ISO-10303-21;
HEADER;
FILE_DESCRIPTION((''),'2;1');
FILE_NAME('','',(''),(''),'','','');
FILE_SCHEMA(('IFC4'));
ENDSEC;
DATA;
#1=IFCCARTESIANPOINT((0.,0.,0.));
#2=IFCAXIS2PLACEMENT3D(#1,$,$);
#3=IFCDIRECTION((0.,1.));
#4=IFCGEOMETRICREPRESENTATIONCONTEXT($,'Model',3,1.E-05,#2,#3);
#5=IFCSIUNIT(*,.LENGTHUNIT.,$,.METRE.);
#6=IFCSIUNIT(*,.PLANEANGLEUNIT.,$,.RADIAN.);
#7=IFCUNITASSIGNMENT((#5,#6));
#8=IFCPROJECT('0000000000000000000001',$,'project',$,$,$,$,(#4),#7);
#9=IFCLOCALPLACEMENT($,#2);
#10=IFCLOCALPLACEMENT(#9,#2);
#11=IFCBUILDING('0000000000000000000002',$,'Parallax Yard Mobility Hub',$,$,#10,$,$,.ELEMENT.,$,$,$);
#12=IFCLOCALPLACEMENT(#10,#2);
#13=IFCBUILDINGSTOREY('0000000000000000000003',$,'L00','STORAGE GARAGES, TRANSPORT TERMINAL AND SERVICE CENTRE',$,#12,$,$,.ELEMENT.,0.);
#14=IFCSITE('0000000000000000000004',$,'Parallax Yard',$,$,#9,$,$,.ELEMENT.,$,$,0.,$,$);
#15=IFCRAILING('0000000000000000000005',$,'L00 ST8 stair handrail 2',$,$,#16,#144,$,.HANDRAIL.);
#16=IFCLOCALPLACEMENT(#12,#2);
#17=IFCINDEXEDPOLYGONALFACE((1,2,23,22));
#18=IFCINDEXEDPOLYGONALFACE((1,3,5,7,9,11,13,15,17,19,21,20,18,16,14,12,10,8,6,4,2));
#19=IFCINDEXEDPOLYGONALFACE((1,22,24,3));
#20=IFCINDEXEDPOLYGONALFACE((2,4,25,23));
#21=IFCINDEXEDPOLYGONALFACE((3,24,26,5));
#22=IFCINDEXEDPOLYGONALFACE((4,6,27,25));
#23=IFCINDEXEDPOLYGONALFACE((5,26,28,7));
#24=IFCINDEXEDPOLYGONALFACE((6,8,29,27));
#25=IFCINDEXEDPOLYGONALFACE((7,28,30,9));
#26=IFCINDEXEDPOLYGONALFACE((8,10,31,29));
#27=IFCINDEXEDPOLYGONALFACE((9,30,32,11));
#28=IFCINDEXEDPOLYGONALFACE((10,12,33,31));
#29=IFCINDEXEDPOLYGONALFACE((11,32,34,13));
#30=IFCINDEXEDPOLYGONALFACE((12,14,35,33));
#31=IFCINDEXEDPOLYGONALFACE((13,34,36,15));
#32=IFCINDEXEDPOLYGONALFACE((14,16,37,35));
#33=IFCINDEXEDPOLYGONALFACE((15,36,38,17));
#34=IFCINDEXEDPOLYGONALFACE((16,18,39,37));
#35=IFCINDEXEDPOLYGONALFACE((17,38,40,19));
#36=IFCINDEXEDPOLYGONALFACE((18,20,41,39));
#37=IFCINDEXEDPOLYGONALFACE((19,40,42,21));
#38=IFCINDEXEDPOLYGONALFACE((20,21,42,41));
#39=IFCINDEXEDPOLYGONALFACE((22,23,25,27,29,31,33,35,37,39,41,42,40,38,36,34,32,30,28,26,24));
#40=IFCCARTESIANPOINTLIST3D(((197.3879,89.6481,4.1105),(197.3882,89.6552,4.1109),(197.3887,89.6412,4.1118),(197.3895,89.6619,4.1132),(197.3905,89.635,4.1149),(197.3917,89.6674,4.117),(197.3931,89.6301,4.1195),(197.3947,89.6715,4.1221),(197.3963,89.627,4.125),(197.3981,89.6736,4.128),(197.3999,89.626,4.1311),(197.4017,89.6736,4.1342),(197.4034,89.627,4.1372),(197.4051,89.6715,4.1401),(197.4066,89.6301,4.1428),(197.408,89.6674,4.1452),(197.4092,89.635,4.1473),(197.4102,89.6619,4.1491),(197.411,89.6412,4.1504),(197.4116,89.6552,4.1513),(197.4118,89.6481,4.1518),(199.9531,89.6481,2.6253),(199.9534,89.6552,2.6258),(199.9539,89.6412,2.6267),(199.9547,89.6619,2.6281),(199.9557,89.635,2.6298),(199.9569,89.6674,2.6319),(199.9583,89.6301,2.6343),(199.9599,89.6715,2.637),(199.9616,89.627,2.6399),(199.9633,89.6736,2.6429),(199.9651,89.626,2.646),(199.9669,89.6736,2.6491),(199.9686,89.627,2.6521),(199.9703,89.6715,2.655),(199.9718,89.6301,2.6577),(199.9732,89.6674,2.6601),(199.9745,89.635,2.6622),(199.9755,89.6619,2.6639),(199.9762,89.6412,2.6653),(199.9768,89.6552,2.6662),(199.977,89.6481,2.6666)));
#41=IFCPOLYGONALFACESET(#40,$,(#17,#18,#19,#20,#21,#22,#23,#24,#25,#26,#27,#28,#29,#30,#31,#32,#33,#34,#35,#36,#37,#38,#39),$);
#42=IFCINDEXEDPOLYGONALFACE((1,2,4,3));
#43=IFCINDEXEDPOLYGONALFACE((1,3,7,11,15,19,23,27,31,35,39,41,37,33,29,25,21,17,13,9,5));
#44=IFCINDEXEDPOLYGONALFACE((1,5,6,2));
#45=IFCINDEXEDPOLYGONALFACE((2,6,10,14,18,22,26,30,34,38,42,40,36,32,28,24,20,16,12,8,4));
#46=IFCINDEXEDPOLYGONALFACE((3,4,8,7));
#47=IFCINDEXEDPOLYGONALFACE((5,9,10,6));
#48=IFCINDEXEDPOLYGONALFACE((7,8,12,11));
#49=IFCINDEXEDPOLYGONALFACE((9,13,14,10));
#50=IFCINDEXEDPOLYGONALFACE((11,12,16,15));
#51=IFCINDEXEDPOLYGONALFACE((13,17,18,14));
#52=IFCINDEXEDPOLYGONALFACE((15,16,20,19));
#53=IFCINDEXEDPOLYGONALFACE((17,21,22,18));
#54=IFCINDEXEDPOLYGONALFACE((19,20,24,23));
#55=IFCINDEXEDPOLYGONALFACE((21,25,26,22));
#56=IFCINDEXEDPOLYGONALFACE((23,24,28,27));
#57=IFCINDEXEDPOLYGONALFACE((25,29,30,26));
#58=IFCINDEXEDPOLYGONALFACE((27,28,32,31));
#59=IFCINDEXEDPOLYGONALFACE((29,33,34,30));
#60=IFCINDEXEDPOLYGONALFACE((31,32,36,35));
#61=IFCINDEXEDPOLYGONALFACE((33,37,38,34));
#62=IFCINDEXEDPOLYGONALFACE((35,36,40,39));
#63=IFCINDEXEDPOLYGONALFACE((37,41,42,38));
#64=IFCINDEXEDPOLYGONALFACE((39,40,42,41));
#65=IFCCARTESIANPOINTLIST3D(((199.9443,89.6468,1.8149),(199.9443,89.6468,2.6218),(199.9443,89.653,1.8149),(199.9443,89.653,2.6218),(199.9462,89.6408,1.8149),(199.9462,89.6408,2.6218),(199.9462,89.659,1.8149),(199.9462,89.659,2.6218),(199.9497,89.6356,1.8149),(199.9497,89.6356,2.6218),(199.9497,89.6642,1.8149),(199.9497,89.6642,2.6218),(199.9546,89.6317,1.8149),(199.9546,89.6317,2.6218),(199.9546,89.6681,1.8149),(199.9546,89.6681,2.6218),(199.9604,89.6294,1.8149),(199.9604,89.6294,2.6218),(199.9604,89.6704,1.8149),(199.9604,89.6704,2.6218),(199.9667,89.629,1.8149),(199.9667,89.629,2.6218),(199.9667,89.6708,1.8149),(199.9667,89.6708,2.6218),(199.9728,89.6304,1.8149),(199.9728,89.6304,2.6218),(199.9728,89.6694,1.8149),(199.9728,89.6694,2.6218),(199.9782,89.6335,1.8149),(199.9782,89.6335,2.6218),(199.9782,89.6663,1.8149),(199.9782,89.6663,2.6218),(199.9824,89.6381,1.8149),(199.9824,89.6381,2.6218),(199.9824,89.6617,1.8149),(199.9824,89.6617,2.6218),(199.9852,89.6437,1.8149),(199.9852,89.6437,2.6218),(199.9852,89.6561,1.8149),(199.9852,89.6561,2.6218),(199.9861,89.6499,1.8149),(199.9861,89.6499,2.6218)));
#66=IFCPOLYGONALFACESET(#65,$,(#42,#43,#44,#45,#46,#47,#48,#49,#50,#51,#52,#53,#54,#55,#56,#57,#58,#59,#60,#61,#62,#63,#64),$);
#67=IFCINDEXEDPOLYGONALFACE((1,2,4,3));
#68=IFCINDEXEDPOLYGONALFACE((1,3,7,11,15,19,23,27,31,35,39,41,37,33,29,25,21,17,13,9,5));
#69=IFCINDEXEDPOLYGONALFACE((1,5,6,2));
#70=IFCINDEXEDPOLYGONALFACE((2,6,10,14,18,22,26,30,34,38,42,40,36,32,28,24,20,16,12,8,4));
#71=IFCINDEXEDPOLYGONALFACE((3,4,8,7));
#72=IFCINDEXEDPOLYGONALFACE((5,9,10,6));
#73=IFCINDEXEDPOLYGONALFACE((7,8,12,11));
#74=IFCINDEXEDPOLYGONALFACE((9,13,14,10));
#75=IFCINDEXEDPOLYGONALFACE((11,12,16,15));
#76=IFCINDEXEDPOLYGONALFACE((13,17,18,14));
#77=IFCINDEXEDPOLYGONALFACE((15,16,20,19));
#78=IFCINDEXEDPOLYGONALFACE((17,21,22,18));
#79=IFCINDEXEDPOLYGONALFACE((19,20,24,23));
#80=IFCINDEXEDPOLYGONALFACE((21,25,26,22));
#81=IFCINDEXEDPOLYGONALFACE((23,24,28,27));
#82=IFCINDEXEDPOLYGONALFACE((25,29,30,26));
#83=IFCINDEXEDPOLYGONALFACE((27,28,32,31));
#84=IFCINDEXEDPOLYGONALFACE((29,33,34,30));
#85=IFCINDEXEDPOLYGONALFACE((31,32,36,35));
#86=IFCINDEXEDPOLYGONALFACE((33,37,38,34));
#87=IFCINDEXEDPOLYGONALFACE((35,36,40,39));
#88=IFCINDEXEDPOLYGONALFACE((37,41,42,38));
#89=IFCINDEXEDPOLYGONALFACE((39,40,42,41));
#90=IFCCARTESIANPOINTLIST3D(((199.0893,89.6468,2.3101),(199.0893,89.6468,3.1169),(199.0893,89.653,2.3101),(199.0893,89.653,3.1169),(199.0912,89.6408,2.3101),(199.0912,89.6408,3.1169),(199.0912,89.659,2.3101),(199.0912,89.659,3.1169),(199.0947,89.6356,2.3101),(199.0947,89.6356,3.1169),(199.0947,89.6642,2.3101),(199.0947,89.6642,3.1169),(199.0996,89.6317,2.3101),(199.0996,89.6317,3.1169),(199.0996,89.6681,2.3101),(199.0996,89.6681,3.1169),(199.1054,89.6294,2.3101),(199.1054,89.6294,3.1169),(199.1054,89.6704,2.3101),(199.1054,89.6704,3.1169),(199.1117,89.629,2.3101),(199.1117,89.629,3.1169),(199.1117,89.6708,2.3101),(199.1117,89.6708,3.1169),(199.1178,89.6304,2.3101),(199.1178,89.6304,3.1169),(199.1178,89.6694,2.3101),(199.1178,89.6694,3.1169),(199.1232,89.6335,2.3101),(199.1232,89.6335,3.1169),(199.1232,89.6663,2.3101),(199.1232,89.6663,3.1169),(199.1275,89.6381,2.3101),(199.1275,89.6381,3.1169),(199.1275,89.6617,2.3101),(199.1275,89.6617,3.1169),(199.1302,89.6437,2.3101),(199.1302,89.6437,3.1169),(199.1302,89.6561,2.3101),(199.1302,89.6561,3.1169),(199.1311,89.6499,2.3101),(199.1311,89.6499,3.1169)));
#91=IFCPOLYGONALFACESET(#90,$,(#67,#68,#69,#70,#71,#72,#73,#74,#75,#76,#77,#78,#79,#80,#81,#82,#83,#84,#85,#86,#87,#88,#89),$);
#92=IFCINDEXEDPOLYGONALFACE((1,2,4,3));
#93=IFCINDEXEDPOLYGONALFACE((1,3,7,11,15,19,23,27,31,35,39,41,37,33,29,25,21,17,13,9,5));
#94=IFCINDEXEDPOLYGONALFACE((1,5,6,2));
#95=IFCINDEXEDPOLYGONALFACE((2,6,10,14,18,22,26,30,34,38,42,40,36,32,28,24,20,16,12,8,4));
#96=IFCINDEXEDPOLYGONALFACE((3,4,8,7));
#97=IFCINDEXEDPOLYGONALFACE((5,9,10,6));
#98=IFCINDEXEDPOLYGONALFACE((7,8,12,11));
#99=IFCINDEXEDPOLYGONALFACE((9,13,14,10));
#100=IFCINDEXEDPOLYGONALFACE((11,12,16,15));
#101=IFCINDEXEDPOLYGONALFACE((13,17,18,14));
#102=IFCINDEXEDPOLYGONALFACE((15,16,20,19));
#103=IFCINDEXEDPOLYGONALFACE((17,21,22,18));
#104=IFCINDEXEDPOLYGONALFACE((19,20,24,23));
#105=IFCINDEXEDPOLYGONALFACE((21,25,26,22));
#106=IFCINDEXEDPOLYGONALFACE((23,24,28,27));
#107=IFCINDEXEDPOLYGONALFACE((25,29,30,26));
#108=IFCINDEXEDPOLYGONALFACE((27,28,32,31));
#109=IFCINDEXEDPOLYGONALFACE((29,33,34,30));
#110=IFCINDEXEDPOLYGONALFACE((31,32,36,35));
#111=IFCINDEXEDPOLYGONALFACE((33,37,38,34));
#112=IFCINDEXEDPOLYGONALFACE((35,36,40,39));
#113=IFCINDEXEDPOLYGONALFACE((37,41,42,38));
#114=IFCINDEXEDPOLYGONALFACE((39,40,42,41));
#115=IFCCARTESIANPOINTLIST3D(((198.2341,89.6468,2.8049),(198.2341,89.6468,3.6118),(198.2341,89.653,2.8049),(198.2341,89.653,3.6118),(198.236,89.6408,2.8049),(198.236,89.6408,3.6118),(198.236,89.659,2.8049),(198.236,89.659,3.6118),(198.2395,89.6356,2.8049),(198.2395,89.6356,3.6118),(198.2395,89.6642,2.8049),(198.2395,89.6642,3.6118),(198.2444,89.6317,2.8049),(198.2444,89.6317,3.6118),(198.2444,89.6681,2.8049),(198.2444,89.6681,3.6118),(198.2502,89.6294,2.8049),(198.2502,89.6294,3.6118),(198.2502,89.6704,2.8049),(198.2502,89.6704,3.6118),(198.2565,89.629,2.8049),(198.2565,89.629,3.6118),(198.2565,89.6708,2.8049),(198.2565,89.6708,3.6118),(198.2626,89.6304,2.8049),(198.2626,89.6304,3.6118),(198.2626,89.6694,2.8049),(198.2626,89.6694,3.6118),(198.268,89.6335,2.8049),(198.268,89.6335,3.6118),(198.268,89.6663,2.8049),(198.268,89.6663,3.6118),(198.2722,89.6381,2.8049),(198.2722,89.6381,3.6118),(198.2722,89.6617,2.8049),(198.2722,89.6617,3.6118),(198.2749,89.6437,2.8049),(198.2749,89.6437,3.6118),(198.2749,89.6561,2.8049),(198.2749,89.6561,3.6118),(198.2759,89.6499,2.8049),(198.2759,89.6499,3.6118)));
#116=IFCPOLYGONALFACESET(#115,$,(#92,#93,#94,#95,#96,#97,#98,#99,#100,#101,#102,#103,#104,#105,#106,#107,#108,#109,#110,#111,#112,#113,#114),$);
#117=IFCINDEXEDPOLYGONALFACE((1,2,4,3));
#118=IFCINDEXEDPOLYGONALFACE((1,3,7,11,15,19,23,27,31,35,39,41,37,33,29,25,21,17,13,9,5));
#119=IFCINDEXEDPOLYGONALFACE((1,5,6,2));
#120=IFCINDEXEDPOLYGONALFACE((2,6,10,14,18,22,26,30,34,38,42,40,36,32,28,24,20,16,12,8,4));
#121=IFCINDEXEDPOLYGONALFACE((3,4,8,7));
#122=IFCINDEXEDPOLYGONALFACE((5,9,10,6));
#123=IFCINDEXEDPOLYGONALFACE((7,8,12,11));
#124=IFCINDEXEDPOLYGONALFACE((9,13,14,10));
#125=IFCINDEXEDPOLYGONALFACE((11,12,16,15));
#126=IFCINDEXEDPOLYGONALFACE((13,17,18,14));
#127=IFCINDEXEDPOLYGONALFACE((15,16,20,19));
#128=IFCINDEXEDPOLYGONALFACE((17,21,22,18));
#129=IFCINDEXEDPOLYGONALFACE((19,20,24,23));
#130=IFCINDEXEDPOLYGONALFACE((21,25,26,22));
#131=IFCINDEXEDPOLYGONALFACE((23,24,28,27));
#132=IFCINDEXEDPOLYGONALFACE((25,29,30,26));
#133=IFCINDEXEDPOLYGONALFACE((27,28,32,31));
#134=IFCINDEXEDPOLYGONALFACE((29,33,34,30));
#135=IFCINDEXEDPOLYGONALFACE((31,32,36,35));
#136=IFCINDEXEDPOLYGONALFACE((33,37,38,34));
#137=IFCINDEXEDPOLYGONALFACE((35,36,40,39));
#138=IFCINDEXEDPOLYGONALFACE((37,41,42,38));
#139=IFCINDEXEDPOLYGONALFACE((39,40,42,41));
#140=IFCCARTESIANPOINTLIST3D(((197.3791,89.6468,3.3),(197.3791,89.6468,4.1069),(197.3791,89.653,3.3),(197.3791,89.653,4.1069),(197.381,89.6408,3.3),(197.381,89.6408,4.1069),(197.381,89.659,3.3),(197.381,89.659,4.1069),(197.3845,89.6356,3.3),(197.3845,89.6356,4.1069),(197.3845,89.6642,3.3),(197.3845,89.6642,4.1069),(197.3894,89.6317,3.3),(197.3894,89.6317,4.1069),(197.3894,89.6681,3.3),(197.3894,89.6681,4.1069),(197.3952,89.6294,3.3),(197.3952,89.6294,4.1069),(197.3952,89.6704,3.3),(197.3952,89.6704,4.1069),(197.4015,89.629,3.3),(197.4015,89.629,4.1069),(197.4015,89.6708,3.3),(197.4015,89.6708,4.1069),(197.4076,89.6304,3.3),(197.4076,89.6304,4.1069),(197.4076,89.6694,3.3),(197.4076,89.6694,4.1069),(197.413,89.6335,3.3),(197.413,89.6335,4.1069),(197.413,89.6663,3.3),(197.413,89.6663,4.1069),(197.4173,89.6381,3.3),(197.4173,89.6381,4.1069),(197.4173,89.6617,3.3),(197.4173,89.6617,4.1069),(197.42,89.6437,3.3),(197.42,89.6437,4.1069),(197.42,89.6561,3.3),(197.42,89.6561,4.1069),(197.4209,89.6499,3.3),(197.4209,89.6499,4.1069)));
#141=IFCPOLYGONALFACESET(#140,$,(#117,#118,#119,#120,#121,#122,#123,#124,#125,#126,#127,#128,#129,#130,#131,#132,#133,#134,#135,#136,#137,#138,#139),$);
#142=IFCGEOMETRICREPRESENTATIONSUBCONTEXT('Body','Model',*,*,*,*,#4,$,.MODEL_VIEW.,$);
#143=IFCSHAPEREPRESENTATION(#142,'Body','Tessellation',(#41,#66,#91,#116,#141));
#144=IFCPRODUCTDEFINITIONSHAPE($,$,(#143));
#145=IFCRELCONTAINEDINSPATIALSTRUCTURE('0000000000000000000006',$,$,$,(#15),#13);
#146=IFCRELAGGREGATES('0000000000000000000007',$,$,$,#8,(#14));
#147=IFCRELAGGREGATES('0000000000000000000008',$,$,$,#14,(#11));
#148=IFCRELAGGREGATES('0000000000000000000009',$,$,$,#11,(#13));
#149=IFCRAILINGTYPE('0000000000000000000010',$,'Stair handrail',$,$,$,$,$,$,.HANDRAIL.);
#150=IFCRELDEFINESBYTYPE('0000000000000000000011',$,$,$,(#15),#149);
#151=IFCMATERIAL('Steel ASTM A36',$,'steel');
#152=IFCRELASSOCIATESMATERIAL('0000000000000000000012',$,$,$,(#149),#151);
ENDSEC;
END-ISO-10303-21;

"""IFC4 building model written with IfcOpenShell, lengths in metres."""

from ifc_helpers import new_model, si_unit, direction, frame, origin, origin_2d, place, context, subcontext, project, spatial, circle, extrude, material, type_object, element, save


model = new_model("IFC4")

# Units and contexts
model_context = context("Model", 3, precision=1e-05, world=origin(), true_north=direction((0.0, 1.0)))
body_context = subcontext(model_context, "Body", "Model", "MODEL_VIEW")
ifc_project = project(units=[si_unit("LENGTHUNIT", "METRE"), si_unit("PLANEANGLEUNIT", "RADIAN")], contexts=[model_context])

# Site, building, storey
site_placement = place(None, origin())
site = spatial("IfcSite", under=ifc_project, at=site_placement, Name="Parallax Yard", CompositionType="ELEMENT", RefElevation=0.0)
building_placement = place(site_placement, origin())
building = spatial("IfcBuilding", under=site, at=building_placement, Name="Parallax Yard Mobility Hub", CompositionType="ELEMENT")
storey_placement = place(building_placement, origin())
storey = spatial("IfcBuildingStorey", under=building, at=storey_placement, Name="L00", Description="STORAGE GARAGES, TRANSPORT TERMINAL AND SERVICE CENTRE", CompositionType="ELEMENT", Elevation=0.0)

# Railing
ifc_material_1 = material(Name="Steel ASTM A36", Category="steel")
railing_type_1 = type_object("IfcRailingType", Name="Stair handrail", PredefinedType="HANDRAIL", material=ifc_material_1)
for number, where, name in (
    (1, (199.9651, 89.6499, 1.8149), "L00 ST8 stair handrail 2"),
):
    element("IfcRailing", number, at=place(storey_placement, frame(where)), inside=storey, type_object=railing_type_1, Name=name, PredefinedType="HANDRAIL", context=body_context, shape_type="SweptSolid", body=[
        extrude(circle(Radius=0.0239, at=origin_2d()), frame((0.0, 0.0, 0.8311), z_axis=(-0.865426, 0.0, 0.501036), x_axis=(0.0, -1.0, 0.0)), (0.0, 0.0, 1.0), 2.9641),
        extrude(circle(Radius=0.021, at=origin_2d()), origin(), (0.0, 0.0, 1.0), 0.8069),
        extrude(circle(Radius=0.021, at=origin_2d()), frame((-0.855, 0.0, 0.4951)), (0.0, 0.0, 1.0), 0.8069),
        extrude(circle(Radius=0.021, at=origin_2d()), frame((-1.7102, 0.0, 0.99)), (0.0, 0.0, 1.0), 0.8069),
        extrude(circle(Radius=0.021, at=origin_2d()), frame((-2.5652, 0.0, 1.4851)), (0.0, 0.0, 1.0), 0.8069),
    ])

save(model, "model.ifc")
